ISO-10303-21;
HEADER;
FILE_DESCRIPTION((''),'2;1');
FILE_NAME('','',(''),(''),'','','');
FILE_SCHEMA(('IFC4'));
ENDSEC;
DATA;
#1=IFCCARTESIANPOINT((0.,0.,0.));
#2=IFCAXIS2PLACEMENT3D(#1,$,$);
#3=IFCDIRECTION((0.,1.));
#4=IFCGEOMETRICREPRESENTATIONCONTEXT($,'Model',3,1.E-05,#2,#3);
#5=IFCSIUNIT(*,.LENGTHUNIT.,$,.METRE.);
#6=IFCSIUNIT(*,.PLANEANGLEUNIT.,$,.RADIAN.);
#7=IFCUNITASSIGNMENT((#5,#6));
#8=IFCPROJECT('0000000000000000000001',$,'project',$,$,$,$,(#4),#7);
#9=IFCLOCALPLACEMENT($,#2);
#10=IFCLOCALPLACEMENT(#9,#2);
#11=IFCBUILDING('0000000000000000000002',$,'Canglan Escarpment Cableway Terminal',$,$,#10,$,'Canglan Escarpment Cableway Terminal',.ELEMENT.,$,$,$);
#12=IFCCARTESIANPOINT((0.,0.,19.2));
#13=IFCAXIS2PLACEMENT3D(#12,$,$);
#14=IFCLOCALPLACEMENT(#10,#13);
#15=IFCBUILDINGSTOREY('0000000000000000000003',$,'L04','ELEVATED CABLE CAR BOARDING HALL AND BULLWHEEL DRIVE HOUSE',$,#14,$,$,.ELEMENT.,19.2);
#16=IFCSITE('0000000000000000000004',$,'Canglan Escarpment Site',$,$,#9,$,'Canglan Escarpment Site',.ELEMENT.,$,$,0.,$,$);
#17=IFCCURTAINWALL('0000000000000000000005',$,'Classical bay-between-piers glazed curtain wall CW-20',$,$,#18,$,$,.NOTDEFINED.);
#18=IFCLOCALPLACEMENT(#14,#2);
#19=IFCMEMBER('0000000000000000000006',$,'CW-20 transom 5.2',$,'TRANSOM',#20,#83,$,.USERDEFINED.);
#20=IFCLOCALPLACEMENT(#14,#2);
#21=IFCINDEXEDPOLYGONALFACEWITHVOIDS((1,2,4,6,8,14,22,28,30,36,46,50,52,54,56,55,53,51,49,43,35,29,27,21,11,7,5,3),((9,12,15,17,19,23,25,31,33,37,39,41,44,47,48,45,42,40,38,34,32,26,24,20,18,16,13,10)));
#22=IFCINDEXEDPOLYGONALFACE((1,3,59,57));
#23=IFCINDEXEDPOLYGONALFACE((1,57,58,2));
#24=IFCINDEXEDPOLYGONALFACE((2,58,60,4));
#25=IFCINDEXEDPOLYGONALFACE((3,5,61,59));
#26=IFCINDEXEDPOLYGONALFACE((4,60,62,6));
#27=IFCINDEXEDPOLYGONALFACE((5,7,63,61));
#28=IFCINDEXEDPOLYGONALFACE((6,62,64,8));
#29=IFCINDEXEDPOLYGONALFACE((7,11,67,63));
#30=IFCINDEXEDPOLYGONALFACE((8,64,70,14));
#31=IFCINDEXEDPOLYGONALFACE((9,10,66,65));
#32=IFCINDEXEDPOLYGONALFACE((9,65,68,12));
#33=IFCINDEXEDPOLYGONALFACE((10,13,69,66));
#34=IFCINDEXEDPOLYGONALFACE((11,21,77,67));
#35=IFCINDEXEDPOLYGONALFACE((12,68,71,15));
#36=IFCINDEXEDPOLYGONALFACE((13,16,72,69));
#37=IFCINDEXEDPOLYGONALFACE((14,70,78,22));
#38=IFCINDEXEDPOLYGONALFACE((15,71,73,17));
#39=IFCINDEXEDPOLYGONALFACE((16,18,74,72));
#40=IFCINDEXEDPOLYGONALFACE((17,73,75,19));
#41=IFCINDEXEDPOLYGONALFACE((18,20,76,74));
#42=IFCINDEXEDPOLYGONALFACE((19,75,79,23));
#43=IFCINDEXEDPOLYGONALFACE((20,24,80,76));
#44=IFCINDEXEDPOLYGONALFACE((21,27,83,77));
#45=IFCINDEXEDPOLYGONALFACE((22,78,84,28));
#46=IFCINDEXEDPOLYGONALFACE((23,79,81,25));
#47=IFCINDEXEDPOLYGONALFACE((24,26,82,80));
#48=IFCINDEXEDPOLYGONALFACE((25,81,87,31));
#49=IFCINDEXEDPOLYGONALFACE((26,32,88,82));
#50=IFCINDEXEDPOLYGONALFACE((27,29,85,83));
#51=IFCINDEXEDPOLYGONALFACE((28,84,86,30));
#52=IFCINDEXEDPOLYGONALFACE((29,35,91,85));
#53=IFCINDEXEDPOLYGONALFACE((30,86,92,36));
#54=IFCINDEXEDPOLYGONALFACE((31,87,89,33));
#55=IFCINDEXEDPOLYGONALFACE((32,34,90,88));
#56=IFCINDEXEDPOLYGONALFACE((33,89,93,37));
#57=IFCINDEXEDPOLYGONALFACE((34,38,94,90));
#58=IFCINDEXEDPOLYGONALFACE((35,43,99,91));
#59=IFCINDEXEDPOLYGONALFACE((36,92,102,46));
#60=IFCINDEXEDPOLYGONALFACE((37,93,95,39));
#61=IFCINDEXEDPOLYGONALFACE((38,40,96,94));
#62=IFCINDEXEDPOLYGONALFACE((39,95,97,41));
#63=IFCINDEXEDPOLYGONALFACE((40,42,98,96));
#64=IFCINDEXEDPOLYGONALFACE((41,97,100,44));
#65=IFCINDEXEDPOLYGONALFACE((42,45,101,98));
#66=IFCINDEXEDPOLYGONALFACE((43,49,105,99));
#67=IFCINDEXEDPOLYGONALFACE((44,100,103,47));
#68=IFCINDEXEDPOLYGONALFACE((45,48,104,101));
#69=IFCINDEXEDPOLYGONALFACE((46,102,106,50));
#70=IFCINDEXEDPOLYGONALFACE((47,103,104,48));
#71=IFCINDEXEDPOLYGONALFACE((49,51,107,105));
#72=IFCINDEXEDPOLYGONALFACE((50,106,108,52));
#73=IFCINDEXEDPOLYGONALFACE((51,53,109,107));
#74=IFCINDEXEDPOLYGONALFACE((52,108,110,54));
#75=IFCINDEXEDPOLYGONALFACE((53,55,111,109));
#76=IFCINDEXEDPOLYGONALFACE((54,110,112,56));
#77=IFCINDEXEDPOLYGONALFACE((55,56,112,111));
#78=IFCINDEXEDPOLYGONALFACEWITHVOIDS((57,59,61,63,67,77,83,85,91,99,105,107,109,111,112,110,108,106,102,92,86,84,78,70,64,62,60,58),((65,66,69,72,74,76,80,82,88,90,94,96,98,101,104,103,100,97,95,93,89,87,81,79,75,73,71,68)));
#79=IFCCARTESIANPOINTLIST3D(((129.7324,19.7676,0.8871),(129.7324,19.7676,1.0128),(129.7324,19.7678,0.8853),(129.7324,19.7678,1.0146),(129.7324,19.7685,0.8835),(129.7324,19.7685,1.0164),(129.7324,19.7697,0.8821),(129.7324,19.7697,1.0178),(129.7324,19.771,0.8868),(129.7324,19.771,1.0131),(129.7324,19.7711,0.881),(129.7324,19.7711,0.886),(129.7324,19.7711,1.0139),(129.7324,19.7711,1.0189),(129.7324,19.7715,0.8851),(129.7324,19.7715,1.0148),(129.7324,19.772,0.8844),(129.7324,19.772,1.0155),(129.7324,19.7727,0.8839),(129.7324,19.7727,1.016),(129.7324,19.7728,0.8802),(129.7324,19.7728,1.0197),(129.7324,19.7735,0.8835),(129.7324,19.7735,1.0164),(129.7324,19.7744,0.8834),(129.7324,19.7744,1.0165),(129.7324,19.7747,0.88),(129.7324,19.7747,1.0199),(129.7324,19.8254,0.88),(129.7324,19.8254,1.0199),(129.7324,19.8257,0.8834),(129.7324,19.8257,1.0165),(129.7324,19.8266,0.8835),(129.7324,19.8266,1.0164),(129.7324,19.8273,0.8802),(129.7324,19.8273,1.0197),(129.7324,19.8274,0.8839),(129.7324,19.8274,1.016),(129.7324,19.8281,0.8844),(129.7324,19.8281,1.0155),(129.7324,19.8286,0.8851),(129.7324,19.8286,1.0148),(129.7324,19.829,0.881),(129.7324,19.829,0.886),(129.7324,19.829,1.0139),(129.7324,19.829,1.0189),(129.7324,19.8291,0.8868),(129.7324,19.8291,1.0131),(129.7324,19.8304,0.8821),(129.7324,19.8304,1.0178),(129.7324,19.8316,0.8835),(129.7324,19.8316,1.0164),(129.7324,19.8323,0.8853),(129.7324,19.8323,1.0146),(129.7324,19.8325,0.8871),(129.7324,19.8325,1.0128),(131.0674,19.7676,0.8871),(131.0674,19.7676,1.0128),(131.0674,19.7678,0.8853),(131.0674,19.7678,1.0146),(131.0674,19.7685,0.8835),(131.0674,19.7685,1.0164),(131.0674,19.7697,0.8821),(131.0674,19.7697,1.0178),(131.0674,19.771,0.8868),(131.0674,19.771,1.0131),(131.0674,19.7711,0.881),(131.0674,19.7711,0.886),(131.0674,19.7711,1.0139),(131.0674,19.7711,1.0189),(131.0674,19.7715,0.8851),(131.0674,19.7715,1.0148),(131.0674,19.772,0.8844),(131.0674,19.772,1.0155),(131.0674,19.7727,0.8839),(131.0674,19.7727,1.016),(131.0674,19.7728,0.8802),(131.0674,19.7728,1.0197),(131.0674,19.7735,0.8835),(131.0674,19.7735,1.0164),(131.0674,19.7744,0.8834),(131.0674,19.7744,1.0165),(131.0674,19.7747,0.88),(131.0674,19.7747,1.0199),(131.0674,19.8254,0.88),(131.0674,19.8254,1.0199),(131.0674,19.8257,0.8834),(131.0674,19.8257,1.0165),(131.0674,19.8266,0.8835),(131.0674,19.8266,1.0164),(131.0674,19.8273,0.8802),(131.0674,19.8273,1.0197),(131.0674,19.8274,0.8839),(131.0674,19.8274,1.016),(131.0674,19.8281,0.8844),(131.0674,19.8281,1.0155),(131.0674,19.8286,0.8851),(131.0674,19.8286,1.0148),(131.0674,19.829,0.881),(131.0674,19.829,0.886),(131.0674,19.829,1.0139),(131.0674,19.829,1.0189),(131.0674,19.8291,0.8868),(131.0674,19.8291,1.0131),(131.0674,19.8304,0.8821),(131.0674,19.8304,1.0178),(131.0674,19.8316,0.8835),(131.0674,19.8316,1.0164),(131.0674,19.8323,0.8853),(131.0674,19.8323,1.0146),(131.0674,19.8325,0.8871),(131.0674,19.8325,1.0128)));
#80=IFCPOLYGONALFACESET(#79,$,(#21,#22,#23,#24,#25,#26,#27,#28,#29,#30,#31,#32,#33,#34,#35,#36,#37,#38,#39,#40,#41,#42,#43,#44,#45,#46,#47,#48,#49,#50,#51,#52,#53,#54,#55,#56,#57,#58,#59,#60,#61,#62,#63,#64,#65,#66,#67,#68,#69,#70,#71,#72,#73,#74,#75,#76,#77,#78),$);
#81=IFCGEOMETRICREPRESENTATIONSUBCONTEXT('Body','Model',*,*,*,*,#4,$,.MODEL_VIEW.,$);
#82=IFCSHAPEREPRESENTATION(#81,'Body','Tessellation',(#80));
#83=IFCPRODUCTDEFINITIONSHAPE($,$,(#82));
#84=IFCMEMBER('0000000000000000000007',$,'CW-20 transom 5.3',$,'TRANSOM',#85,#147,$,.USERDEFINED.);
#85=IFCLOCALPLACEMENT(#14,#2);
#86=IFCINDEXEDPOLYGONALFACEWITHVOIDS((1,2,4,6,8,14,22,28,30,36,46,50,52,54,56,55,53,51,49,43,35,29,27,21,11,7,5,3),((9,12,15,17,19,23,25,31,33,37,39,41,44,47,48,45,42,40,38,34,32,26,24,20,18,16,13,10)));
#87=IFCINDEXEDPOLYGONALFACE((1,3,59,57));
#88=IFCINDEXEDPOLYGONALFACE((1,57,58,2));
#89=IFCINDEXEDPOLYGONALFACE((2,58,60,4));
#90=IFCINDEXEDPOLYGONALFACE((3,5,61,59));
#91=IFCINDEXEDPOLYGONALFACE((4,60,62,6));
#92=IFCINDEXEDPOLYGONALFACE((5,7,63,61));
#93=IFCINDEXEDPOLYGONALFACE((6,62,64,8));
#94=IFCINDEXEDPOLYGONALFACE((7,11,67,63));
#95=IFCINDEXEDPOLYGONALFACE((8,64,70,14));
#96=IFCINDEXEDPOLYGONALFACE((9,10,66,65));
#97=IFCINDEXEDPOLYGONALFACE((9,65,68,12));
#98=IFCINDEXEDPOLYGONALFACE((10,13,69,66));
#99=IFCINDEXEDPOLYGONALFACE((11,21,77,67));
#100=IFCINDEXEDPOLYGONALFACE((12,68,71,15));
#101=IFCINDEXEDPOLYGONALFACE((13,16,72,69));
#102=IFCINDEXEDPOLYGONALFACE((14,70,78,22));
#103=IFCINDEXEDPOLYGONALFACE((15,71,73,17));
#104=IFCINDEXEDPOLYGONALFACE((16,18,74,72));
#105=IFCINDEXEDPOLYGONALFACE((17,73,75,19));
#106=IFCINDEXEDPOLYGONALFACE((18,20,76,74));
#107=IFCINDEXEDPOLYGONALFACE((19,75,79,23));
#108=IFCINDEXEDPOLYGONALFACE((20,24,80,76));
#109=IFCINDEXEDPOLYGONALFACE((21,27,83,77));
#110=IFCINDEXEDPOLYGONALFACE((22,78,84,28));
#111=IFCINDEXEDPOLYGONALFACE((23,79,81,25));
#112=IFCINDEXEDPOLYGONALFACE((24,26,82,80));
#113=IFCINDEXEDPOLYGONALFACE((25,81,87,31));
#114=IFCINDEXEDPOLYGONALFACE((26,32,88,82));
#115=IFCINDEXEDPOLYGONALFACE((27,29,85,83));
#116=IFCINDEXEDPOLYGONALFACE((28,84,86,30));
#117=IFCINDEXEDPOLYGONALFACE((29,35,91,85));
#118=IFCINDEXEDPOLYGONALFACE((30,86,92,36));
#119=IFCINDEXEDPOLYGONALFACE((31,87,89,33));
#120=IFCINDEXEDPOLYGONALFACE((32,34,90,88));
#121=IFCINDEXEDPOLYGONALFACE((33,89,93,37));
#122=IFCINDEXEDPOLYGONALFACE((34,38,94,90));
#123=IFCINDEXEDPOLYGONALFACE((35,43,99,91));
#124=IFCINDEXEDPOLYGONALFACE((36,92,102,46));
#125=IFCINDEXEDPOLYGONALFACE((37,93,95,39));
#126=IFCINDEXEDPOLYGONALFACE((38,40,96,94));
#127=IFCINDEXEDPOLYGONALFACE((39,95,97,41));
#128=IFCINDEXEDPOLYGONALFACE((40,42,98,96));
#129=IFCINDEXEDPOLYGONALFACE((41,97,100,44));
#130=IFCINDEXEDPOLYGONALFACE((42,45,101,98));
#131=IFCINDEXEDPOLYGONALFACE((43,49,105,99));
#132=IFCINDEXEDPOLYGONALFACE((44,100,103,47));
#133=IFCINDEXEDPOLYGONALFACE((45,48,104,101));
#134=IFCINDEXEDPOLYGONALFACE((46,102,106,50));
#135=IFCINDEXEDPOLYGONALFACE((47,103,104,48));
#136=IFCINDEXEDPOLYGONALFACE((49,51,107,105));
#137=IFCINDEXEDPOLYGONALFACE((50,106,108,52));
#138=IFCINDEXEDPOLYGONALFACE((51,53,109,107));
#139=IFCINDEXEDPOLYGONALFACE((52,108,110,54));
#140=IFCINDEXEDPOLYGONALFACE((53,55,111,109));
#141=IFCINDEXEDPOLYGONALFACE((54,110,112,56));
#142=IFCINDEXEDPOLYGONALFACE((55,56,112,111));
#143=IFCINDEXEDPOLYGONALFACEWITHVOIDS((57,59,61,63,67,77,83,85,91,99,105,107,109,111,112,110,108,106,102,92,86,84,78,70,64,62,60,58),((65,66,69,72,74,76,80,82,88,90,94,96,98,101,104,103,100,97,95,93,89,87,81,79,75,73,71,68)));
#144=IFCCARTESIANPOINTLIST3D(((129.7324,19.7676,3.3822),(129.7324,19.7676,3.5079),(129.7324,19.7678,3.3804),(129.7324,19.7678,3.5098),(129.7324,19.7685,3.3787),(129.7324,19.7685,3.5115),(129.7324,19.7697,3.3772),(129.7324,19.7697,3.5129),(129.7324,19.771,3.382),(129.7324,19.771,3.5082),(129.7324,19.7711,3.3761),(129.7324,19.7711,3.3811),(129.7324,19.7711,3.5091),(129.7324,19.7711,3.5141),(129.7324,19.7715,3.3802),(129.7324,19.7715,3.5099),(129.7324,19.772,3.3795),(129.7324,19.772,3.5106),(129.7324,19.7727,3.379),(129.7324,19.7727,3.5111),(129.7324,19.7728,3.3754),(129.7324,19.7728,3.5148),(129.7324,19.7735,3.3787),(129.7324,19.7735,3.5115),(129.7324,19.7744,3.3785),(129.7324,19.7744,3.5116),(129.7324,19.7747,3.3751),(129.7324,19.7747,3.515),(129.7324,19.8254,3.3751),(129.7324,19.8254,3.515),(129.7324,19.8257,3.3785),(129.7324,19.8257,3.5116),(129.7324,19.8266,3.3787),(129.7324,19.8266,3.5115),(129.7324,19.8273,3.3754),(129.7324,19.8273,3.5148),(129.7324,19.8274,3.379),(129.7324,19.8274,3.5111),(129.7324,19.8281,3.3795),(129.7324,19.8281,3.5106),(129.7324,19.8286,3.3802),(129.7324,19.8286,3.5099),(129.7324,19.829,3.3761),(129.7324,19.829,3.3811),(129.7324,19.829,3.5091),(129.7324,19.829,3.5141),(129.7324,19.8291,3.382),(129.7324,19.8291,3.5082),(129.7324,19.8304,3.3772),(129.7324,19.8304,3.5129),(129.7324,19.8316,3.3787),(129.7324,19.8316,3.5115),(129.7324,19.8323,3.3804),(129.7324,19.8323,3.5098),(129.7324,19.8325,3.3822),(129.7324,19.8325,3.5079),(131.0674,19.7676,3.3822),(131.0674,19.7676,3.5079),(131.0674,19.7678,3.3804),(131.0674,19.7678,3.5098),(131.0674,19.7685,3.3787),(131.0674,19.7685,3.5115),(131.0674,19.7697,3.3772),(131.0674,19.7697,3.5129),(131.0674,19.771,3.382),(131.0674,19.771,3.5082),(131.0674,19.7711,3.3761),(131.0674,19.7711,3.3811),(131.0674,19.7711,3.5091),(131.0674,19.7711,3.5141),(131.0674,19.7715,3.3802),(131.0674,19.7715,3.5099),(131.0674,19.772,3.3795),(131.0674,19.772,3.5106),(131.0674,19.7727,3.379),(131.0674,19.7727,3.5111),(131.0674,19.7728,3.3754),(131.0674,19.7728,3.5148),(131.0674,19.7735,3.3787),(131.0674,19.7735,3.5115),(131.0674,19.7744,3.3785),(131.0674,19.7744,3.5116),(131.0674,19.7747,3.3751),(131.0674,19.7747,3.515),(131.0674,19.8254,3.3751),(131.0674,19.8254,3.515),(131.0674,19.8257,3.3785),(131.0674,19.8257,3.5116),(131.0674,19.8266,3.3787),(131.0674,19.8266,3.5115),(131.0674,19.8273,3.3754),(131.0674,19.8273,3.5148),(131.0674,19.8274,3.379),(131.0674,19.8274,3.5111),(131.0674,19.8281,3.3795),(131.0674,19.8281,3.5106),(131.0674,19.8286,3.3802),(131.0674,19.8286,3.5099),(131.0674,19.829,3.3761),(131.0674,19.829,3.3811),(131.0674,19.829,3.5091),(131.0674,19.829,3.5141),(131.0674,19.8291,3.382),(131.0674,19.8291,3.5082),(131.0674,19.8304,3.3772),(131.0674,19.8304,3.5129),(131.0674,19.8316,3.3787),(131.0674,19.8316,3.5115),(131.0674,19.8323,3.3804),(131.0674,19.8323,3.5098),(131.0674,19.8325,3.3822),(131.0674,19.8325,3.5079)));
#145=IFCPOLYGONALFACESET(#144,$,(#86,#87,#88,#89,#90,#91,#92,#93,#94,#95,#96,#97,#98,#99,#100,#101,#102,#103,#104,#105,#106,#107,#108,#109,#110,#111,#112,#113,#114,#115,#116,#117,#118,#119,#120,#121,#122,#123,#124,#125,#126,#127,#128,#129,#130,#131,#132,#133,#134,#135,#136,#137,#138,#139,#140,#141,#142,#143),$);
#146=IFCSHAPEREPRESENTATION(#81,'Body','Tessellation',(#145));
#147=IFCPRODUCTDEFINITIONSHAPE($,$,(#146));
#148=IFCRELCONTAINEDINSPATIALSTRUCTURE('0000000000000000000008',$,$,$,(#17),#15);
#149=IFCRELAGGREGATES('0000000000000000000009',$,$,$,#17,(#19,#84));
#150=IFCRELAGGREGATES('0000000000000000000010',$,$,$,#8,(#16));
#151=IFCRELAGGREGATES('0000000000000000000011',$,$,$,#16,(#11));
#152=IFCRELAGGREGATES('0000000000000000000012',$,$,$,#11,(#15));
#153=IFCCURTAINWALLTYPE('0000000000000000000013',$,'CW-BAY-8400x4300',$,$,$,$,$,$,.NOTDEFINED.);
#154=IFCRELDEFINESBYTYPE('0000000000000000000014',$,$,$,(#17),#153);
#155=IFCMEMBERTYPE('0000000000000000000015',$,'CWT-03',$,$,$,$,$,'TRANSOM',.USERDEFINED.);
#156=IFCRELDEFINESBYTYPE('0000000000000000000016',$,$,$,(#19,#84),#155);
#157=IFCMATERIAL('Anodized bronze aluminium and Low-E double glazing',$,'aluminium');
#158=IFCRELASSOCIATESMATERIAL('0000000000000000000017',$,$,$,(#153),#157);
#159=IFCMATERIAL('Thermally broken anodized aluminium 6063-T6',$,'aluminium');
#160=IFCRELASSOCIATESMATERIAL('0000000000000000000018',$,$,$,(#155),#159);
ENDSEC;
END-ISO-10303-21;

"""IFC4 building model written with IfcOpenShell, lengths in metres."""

from ifc_helpers import new_model, si_unit, direction, frame, origin, origin_2d, place, context, subcontext, project, spatial, hollow_rectangle, extrude, material, material_profile, profile_set, type_object, element, aggregate, save


model = new_model("IFC4")

# Units and contexts
model_context = context("Model", 3, precision=1e-05, world=origin(), true_north=direction((0.0, 1.0)))
body_context = subcontext(model_context, "Body", "Model", "MODEL_VIEW")
ifc_project = project(units=[si_unit("LENGTHUNIT", "METRE"), si_unit("PLANEANGLEUNIT", "RADIAN")], contexts=[model_context])

# Site, building, storey
site_placement = place(None, origin())
site = spatial("IfcSite", under=ifc_project, at=site_placement, Name="Canglan Escarpment Site", LongName="Canglan Escarpment Site", CompositionType="ELEMENT", RefElevation=0.0)
building_placement = place(site_placement, origin())
building = spatial("IfcBuilding", under=site, at=building_placement, Name="Canglan Escarpment Cableway Terminal", LongName="Canglan Escarpment Cableway Terminal", CompositionType="ELEMENT")
storey_placement = place(building_placement, frame((0.0, 0.0, 19.2)))
storey = spatial("IfcBuildingStorey", under=building, at=storey_placement, Name="L04", Description="ELEVATED CABLE CAR BOARDING HALL AND BULLWHEEL DRIVE HOUSE", CompositionType="ELEMENT", Elevation=19.2)

# Curtain wall, members
ifc_material_1 = material(Name="Anodized bronze aluminium and Low-E double glazing", Category="aluminium")
curtain_wall_type = type_object("IfcCurtainWallType", Name="CW-BAY-8400x4300", PredefinedType="NOTDEFINED", material=ifc_material_1)
curtain_wall_placement = place(storey_placement, origin())
curtain_wall = element("IfcCurtainWall", 1, at=curtain_wall_placement, inside=storey, type_object=curtain_wall_type, Name="Classical bay-between-piers glazed curtain wall CW-20", PredefinedType="NOTDEFINED")
ifc_material_2 = material(Name="Thermally broken anodized aluminium 6063-T6", Category="aluminium")
ifc_material_profile_1 = material_profile(ifc_material_2, hollow_rectangle(XDim=0.0649, YDim=0.1399, WallThickness=0.0034, InnerFilletRadius=0.0034, OuterFilletRadius=0.0071, at=origin_2d()), Name="ALU-TRAN 65x140x3.5")
ifc_profile_set_1 = profile_set([ifc_material_profile_1], Name="Thermally broken anodized aluminium 6063-T6")
member_type_1 = type_object("IfcMemberType", Name="CWT-03", ElementType="TRANSOM", PredefinedType="USERDEFINED", material=ifc_profile_set_1)
member_1_placement = place(storey_placement, frame((131.0674, 19.8, 0.95), z_axis=(-1.0, 0.0, 0.0), x_axis=(0.0, -1.0, 0.0)))
member_1 = element("IfcMember", 2, at=member_1_placement, type_object=member_type_1, Name="CW-20 transom 5.2", ObjectType="TRANSOM", PredefinedType="USERDEFINED", context=body_context, shape_type="SweptSolid", body=[
    extrude(hollow_rectangle(XDim=0.0649, YDim=0.1399, WallThickness=0.0034, InnerFilletRadius=0.0034, OuterFilletRadius=0.0071, at=origin_2d()), origin(), (0.0, 0.0, 1.0), 1.335),
])
member_2_placement = place(storey_placement, frame((131.0674, 19.8, 3.4451), z_axis=(-1.0, 0.0, 0.0), x_axis=(0.0, -1.0, 0.0)))
member_2 = element("IfcMember", 3, at=member_2_placement, type_object=member_type_1, Name="CW-20 transom 5.3", ObjectType="TRANSOM", PredefinedType="USERDEFINED", context=body_context, shape_type="SweptSolid", body=[
    extrude(hollow_rectangle(XDim=0.0649, YDim=0.1399, WallThickness=0.0034, InnerFilletRadius=0.0034, OuterFilletRadius=0.0071, at=origin_2d()), origin(), (0.0, 0.0, 1.0), 1.335),
])
aggregate(curtain_wall, [member_1, member_2])

save(model, "model.ifc")
